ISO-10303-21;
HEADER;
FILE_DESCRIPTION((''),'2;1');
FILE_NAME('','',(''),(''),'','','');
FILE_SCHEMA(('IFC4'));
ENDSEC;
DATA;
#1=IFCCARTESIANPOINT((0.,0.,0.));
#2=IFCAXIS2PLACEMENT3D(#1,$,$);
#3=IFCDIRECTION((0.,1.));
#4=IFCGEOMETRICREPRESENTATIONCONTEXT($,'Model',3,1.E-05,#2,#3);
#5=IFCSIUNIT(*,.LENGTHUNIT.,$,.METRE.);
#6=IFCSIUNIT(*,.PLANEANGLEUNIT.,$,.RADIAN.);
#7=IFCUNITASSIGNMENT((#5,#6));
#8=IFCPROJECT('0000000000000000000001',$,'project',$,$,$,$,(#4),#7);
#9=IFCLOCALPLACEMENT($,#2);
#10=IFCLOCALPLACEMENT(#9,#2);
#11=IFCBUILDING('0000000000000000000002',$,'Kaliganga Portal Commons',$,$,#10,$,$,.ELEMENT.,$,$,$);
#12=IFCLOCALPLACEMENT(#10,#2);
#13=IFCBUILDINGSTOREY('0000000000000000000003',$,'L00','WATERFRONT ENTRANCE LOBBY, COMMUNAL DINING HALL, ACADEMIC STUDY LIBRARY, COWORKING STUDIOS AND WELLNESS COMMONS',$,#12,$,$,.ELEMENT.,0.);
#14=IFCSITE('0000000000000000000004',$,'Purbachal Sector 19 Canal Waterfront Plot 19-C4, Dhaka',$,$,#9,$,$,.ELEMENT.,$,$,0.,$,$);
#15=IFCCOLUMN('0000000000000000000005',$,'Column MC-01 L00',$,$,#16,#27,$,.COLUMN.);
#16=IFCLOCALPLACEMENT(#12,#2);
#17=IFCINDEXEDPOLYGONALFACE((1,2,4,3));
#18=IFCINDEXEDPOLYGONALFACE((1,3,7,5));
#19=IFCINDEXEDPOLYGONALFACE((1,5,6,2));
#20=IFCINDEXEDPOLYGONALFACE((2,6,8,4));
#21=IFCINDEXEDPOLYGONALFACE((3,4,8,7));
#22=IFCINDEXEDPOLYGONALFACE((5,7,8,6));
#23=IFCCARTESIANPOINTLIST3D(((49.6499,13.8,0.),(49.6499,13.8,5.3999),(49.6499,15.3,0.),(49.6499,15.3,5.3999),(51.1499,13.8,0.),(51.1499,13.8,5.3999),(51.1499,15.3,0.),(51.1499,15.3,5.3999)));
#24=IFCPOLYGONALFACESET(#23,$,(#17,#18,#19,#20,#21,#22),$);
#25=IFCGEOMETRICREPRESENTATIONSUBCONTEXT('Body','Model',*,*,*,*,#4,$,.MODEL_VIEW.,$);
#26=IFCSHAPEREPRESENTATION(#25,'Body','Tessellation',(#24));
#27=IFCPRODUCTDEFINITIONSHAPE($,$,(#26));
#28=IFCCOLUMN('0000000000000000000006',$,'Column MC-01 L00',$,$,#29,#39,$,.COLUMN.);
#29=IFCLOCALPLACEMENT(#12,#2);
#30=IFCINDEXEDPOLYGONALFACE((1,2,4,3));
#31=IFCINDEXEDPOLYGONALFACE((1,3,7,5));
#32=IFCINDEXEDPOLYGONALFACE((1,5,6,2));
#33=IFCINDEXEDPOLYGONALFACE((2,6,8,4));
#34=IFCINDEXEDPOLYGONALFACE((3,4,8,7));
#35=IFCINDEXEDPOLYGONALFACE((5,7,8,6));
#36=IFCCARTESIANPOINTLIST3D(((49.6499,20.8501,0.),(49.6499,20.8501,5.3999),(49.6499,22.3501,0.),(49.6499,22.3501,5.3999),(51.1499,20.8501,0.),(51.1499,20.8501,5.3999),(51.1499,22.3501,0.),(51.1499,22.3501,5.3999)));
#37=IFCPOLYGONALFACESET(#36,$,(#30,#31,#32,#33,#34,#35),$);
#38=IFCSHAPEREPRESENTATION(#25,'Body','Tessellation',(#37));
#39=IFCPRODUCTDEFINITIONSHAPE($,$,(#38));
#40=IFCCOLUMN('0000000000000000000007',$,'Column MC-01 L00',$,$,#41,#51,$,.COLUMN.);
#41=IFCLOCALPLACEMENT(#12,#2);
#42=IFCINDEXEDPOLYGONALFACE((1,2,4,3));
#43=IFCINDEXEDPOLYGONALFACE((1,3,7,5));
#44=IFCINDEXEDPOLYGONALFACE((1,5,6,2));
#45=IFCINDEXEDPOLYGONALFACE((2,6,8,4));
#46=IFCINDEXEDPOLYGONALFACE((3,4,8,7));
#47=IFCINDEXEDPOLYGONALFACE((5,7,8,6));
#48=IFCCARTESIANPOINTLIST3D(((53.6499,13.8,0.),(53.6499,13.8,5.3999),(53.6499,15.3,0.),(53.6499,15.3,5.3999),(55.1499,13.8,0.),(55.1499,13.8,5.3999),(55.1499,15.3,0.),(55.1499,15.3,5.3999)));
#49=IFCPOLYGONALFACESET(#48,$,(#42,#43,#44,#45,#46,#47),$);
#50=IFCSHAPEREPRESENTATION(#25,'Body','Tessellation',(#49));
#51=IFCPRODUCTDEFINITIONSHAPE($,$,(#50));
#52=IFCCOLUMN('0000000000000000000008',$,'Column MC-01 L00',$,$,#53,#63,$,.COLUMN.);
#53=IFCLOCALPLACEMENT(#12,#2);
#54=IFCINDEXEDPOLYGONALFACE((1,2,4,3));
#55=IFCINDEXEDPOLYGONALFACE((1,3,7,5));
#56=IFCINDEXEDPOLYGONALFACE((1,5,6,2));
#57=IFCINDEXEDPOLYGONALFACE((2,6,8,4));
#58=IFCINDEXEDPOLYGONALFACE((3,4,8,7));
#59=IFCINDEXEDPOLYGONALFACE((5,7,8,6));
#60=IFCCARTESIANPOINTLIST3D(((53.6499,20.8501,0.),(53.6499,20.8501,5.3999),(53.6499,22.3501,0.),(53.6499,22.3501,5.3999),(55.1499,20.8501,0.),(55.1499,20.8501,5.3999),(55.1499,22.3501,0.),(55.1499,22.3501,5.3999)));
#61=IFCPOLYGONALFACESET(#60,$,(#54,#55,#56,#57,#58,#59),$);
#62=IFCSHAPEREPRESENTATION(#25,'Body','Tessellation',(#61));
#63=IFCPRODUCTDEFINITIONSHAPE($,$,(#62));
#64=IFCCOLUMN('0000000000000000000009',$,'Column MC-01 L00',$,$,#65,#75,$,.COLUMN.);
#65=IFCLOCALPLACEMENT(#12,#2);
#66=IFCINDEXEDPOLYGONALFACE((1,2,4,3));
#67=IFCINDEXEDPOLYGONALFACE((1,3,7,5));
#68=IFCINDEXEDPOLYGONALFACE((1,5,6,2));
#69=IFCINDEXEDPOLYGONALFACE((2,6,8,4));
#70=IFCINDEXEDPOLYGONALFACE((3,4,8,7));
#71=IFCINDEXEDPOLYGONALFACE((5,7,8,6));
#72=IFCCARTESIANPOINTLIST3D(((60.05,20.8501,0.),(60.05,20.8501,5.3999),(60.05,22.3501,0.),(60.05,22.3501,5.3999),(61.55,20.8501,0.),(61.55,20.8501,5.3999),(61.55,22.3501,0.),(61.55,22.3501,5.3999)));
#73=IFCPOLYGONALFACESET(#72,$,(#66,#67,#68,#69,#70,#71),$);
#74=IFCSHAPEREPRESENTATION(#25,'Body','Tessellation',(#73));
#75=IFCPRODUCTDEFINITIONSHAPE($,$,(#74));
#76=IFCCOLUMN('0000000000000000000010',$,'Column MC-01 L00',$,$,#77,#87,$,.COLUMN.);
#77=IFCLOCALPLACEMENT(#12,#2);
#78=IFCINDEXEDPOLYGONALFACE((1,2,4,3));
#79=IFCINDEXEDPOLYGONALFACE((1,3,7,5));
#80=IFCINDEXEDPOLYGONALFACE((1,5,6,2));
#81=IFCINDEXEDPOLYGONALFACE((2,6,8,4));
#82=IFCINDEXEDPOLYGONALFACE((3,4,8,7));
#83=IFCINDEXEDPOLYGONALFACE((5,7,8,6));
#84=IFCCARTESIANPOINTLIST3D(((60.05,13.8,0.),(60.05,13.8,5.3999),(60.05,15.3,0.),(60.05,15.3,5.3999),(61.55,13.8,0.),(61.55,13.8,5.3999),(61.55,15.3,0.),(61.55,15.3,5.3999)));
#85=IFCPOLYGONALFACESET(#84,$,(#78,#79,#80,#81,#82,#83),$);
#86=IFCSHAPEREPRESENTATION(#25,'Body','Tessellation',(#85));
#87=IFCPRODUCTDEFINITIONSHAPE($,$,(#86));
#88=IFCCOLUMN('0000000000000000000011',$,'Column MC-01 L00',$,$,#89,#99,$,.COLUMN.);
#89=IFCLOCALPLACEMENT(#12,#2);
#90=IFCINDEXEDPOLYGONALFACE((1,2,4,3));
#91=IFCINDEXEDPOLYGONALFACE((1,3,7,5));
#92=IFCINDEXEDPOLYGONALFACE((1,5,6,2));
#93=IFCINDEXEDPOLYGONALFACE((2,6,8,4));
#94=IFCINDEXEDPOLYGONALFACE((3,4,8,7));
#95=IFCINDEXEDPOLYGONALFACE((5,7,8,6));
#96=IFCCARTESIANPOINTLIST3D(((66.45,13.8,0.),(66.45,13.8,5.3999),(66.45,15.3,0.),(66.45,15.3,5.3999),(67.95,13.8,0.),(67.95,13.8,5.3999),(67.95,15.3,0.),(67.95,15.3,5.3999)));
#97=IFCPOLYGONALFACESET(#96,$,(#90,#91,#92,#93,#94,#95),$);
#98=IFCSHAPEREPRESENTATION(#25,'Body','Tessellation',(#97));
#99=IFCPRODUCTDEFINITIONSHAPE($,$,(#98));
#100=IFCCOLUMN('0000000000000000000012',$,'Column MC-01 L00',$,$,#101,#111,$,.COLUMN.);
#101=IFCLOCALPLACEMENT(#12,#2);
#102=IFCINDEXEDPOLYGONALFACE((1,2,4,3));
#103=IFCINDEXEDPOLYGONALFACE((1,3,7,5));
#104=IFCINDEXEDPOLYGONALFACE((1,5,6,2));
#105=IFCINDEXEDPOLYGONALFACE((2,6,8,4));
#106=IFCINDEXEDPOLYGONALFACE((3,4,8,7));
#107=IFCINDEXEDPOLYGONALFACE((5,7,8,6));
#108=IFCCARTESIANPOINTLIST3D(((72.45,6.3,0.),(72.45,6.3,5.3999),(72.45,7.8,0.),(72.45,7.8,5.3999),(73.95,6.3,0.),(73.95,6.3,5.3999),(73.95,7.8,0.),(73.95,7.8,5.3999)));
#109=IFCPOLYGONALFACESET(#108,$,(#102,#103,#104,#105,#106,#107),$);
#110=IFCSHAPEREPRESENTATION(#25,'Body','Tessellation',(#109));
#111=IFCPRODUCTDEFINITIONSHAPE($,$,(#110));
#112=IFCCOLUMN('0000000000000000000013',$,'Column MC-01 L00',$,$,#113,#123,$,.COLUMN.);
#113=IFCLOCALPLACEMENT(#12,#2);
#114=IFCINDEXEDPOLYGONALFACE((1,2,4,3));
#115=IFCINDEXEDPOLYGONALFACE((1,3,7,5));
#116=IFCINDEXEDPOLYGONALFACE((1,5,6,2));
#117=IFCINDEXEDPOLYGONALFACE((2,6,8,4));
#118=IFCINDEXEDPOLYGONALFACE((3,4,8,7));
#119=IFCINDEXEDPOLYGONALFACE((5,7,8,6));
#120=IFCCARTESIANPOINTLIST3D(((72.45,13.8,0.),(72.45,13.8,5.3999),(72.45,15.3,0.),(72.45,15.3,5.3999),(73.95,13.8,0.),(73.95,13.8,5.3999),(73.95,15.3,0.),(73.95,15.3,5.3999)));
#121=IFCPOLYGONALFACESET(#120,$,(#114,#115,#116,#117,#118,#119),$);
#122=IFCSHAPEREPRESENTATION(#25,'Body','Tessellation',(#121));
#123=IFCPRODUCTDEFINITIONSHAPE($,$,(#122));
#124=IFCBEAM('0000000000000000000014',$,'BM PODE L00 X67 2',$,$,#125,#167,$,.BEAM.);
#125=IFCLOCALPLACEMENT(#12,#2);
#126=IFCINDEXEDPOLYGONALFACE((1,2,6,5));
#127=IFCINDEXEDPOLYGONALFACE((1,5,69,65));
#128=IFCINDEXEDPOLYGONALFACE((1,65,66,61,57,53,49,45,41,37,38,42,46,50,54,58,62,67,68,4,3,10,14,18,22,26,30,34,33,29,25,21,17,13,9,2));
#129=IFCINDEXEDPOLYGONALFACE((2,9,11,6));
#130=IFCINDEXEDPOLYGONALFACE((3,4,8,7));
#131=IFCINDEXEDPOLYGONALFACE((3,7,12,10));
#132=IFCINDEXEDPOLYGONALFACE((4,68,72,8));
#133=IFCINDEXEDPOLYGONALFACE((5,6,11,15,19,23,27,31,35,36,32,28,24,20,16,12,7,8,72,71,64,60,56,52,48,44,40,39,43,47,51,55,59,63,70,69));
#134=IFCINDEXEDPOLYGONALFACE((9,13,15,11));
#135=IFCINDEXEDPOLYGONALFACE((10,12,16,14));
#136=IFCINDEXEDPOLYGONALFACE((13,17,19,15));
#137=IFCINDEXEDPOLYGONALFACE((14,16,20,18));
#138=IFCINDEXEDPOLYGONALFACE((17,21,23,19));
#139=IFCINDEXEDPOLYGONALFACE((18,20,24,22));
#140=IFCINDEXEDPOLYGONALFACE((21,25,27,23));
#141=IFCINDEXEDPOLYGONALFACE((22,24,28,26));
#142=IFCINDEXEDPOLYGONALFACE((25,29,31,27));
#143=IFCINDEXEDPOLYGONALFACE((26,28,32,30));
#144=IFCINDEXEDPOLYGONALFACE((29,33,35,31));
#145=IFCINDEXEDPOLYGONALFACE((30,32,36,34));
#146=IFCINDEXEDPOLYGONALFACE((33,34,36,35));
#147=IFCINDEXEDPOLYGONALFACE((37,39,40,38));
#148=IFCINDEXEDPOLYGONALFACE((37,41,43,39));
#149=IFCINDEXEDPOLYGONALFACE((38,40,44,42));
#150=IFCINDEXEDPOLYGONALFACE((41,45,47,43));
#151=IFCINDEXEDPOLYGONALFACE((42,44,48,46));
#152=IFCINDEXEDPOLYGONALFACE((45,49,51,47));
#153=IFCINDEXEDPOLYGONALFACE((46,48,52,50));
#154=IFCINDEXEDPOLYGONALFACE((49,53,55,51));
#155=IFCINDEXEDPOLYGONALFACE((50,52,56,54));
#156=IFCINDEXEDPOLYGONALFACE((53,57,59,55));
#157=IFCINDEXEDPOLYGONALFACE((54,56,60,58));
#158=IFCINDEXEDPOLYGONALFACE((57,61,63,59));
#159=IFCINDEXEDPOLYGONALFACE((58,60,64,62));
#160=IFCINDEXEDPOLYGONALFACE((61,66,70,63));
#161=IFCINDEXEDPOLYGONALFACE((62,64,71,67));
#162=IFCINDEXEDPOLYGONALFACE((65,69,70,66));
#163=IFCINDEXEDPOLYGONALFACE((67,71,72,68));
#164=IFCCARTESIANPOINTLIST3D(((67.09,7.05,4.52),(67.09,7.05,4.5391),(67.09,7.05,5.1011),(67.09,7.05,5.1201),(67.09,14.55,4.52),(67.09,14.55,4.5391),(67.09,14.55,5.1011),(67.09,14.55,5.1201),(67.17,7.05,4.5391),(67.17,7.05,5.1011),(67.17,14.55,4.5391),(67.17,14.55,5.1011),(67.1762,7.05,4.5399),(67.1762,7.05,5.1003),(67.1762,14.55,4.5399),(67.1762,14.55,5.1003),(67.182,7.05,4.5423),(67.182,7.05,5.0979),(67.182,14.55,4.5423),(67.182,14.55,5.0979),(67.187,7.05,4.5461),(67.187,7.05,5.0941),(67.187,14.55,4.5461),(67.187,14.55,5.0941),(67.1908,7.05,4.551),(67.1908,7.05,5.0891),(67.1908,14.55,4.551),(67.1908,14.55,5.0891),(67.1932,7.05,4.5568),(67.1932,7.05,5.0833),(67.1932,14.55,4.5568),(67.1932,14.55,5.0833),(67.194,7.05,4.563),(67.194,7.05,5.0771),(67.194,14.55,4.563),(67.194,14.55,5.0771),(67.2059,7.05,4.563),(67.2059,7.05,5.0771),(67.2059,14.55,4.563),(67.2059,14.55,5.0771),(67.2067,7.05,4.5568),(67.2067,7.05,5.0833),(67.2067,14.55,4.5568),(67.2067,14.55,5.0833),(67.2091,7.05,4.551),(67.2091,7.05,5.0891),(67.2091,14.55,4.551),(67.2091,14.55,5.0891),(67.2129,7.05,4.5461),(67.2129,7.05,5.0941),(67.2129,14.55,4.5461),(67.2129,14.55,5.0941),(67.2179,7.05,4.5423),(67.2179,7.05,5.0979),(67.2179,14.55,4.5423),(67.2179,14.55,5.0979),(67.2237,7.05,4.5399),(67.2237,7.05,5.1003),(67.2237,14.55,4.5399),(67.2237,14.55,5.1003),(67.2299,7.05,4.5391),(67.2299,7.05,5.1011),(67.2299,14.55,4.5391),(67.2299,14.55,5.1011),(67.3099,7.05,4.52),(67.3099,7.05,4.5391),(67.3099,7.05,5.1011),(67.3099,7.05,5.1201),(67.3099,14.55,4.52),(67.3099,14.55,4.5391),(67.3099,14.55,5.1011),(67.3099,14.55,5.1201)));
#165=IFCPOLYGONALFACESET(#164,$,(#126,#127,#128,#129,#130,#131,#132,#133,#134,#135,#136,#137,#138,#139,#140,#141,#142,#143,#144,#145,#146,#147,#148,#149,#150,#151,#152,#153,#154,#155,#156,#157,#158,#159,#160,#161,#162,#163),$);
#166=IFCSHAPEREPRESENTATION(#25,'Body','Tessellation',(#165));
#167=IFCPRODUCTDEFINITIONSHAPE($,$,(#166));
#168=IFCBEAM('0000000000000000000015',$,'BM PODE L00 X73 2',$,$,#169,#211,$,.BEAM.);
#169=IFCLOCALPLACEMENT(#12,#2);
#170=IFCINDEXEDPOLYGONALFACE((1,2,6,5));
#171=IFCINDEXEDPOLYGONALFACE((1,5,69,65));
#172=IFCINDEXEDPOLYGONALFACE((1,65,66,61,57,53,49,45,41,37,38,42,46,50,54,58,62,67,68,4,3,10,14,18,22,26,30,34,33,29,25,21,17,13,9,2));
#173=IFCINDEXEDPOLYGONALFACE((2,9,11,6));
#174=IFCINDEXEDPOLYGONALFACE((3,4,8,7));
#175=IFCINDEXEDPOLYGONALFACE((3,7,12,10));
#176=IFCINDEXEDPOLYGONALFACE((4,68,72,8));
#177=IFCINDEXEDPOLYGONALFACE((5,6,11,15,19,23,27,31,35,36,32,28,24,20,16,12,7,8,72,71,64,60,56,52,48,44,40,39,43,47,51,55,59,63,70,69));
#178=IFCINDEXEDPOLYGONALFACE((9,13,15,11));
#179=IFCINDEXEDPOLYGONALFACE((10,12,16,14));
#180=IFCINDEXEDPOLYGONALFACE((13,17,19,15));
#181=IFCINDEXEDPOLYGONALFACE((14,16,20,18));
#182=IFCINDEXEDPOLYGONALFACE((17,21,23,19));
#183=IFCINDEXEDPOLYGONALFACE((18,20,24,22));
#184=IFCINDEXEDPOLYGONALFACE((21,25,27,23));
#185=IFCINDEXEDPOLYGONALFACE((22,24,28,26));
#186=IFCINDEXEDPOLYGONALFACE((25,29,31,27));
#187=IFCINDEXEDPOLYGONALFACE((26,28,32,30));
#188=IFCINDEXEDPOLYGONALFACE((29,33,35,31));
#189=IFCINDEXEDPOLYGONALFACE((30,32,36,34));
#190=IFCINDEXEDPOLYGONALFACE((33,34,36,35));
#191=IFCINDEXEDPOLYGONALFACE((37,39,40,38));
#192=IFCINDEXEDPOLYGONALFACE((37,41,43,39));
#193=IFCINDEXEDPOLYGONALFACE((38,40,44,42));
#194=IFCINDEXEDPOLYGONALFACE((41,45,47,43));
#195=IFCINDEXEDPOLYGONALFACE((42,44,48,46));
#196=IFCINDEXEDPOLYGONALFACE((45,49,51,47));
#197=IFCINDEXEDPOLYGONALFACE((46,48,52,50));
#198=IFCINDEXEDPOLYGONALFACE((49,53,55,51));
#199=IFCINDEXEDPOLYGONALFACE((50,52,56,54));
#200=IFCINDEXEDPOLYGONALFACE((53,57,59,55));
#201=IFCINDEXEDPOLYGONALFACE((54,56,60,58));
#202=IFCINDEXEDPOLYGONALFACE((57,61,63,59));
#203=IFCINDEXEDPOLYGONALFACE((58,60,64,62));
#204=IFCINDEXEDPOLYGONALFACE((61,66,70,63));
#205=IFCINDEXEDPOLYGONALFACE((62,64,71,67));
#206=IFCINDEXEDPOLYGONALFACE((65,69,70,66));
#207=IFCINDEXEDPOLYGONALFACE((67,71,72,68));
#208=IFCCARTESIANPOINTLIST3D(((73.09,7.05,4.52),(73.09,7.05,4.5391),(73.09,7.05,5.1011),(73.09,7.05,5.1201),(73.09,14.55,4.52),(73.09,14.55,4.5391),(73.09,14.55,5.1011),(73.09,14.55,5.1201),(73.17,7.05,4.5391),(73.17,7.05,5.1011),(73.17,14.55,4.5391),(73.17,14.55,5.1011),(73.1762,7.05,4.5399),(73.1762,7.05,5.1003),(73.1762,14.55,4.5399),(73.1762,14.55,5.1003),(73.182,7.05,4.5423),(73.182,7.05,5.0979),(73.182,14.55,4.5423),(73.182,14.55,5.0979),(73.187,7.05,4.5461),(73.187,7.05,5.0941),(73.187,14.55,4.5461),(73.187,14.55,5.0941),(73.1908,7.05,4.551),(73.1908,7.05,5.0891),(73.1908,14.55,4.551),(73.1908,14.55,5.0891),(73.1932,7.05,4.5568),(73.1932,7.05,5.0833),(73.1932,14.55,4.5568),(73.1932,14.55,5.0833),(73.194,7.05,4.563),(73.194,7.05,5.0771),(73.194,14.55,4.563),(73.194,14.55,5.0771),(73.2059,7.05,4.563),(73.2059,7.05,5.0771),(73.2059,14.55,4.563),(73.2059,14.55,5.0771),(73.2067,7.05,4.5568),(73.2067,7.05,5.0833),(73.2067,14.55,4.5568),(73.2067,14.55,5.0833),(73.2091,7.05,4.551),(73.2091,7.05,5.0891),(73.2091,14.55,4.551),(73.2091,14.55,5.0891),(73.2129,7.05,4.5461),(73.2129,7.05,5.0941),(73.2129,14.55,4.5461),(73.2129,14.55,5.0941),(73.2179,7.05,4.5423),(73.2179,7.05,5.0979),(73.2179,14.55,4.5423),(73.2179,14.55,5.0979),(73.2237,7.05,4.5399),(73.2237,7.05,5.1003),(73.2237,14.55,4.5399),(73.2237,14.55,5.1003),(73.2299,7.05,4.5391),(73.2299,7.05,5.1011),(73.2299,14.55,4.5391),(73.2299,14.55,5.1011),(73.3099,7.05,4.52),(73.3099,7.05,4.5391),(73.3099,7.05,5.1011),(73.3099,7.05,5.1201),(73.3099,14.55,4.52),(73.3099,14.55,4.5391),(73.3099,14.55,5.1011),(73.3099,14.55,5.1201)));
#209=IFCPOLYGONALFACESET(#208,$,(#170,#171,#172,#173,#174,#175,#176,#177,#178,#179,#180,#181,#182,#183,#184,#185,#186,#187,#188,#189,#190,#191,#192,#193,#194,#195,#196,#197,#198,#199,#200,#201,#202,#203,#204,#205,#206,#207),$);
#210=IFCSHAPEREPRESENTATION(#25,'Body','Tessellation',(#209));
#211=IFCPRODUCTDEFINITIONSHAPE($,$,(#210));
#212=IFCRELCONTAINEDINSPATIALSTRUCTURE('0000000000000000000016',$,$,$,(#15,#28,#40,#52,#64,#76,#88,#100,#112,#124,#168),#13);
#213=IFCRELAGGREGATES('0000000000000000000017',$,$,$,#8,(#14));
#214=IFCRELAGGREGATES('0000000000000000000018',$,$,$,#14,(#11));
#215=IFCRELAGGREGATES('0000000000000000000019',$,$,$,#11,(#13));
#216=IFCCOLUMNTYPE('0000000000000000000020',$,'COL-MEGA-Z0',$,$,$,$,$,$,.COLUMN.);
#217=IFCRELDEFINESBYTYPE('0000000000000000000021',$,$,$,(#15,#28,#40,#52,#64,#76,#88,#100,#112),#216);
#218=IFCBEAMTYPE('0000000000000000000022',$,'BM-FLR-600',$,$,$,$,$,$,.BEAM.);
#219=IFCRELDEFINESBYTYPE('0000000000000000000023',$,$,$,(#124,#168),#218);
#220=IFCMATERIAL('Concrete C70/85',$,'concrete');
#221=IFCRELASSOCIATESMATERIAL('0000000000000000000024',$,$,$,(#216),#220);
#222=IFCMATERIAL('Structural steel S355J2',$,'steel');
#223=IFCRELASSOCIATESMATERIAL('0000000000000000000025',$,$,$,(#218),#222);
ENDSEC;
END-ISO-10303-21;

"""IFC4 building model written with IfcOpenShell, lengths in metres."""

from ifc_helpers import new_model, si_unit, direction, frame, origin, origin_2d, place, context, subcontext, project, spatial, rectangle, i_section, extrude, source, transform, mapped, material, material_profile, profile_set, type_object, element, save


model = new_model("IFC4")

# Units and contexts
model_context = context("Model", 3, precision=1e-05, world=origin(), true_north=direction((0.0, 1.0)))
body_context = subcontext(model_context, "Body", "Model", "MODEL_VIEW")
ifc_project = project(units=[si_unit("LENGTHUNIT", "METRE"), si_unit("PLANEANGLEUNIT", "RADIAN")], contexts=[model_context])

# Site, building, storey
site_placement = place(None, origin())
site = spatial("IfcSite", under=ifc_project, at=site_placement, Name="Purbachal Sector 19 Canal Waterfront Plot 19-C4, Dhaka", CompositionType="ELEMENT", RefElevation=0.0)
building_placement = place(site_placement, origin())
building = spatial("IfcBuilding", under=site, at=building_placement, Name="Kaliganga Portal Commons", CompositionType="ELEMENT")
storey_placement = place(building_placement, origin())
storey = spatial("IfcBuildingStorey", under=building, at=storey_placement, Name="L00", Description="WATERFRONT ENTRANCE LOBBY, COMMUNAL DINING HALL, ACADEMIC STUDY LIBRARY, COWORKING STUDIOS AND WELLNESS COMMONS", CompositionType="ELEMENT", Elevation=0.0)

# Columns
ifc_material_1 = material(Name="Concrete C70/85", Category="concrete")
ifc_material_profile_1 = material_profile(ifc_material_1, rectangle(XDim=1.5, YDim=1.5, at=origin_2d()), Name="RC 1500x1500")
ifc_profile_set_1 = profile_set([ifc_material_profile_1], Name="Concrete C70/85")
column_type = type_object("IfcColumnType", Name="COL-MEGA-Z0", PredefinedType="COLUMN", material=ifc_profile_set_1)
shared_shape_1 = source(origin(), body_context, "Body", "SweptSolid", [
    extrude(rectangle(XDim=1.5, YDim=1.5, at=origin_2d()), origin(), (0.0, 0.0, 1.0), 5.3999),
])
for number, where, z_axis, x_axis, name in (
    (1, (50.3999, 14.55, 0.0), (0.0, 0.0, 1.0), (1.0, 0.0, 0.0), "Column MC-01 L00"),
    (2, (50.3999, 21.6001, 0.0), (0.0, 0.0, 1.0), (1.0, 0.0, 0.0), "Column MC-01 L00"),
    (3, (54.3999, 14.55, 0.0), (0.0, 0.0, 1.0), (1.0, 0.0, 0.0), "Column MC-01 L00"),
    (4, (54.3999, 21.6001, 0.0), (0.0, 0.0, 1.0), (1.0, 0.0, 0.0), "Column MC-01 L00"),
    (5, (60.8, 21.6001, 0.0), (0.0, 0.0, 1.0), (1.0, 0.0, 0.0), "Column MC-01 L00"),
    (6, (60.8, 14.55, 0.0), (0.0, 0.0, 1.0), (1.0, 0.0, 0.0), "Column MC-01 L00"),
    (7, (67.2, 14.55, 0.0), (0.0, 0.0, 1.0), (1.0, 0.0, 0.0), "Column MC-01 L00"),
    (8, (73.2, 7.05, 0.0), (0.0, 0.0, 1.0), (1.0, 0.0, 0.0), "Column MC-01 L00"),
    (9, (73.2, 14.55, 0.0), (0.0, 0.0, 1.0), (1.0, 0.0, 0.0), "Column MC-01 L00"),
):
    element("IfcColumn", number, at=place(storey_placement, frame(where, z_axis=z_axis, x_axis=x_axis)), inside=storey, type_object=column_type, Name=name, PredefinedType="COLUMN", context=body_context, shape_type="MappedRepresentation", body=[
        mapped(shared_shape_1, transform((0.0, 0.0, 0.0), x_axis=(1.0, 0.0, 0.0), y_axis=(0.0, 1.0, 0.0), z_axis=(0.0, 0.0, 1.0), scale=1.0)),
    ])

# Beams
ifc_material_2 = material(Name="Structural steel S355J2", Category="steel")
ifc_material_profile_2 = material_profile(ifc_material_2, i_section(OverallWidth=0.22, OverallDepth=0.6001, WebThickness=0.012, FlangeThickness=0.019, FilletRadius=0.0239, at=origin_2d()), Name="IPE 600")
ifc_profile_set_2 = profile_set([ifc_material_profile_2], Name="Structural steel S355J2 wide-flange")
beam_type_1 = type_object("IfcBeamType", Name="BM-FLR-600", PredefinedType="BEAM", material=ifc_profile_set_2)
shared_shape_2 = source(origin(), body_context, "Body", "SweptSolid", [
    extrude(i_section(OverallWidth=0.22, OverallDepth=0.6001, WebThickness=0.012, FlangeThickness=0.019, FilletRadius=0.0239, at=origin_2d()), origin(), (0.0, 0.0, 1.0), 7.5),
])
for number, where, z_axis, x_axis, name in (
    (10, (67.2, 7.05, 4.8201), (0.0, 1.0, 0.0), (-1.0, 0.0, 0.0), "BM PODE L00 X67 2"),
    (11, (73.2, 7.05, 4.8201), (0.0, 1.0, 0.0), (-1.0, 0.0, 0.0), "BM PODE L00 X73 2"),
):
    element("IfcBeam", number, at=place(storey_placement, frame(where, z_axis=z_axis, x_axis=x_axis)), inside=storey, type_object=beam_type_1, Name=name, PredefinedType="BEAM", context=body_context, shape_type="MappedRepresentation", body=[
        mapped(shared_shape_2, transform((0.0, 0.0, 0.0), x_axis=(1.0, 0.0, 0.0), y_axis=(0.0, 1.0, 0.0), z_axis=(0.0, 0.0, 1.0), scale=1.0)),
    ])

save(model, "model.ifc")
